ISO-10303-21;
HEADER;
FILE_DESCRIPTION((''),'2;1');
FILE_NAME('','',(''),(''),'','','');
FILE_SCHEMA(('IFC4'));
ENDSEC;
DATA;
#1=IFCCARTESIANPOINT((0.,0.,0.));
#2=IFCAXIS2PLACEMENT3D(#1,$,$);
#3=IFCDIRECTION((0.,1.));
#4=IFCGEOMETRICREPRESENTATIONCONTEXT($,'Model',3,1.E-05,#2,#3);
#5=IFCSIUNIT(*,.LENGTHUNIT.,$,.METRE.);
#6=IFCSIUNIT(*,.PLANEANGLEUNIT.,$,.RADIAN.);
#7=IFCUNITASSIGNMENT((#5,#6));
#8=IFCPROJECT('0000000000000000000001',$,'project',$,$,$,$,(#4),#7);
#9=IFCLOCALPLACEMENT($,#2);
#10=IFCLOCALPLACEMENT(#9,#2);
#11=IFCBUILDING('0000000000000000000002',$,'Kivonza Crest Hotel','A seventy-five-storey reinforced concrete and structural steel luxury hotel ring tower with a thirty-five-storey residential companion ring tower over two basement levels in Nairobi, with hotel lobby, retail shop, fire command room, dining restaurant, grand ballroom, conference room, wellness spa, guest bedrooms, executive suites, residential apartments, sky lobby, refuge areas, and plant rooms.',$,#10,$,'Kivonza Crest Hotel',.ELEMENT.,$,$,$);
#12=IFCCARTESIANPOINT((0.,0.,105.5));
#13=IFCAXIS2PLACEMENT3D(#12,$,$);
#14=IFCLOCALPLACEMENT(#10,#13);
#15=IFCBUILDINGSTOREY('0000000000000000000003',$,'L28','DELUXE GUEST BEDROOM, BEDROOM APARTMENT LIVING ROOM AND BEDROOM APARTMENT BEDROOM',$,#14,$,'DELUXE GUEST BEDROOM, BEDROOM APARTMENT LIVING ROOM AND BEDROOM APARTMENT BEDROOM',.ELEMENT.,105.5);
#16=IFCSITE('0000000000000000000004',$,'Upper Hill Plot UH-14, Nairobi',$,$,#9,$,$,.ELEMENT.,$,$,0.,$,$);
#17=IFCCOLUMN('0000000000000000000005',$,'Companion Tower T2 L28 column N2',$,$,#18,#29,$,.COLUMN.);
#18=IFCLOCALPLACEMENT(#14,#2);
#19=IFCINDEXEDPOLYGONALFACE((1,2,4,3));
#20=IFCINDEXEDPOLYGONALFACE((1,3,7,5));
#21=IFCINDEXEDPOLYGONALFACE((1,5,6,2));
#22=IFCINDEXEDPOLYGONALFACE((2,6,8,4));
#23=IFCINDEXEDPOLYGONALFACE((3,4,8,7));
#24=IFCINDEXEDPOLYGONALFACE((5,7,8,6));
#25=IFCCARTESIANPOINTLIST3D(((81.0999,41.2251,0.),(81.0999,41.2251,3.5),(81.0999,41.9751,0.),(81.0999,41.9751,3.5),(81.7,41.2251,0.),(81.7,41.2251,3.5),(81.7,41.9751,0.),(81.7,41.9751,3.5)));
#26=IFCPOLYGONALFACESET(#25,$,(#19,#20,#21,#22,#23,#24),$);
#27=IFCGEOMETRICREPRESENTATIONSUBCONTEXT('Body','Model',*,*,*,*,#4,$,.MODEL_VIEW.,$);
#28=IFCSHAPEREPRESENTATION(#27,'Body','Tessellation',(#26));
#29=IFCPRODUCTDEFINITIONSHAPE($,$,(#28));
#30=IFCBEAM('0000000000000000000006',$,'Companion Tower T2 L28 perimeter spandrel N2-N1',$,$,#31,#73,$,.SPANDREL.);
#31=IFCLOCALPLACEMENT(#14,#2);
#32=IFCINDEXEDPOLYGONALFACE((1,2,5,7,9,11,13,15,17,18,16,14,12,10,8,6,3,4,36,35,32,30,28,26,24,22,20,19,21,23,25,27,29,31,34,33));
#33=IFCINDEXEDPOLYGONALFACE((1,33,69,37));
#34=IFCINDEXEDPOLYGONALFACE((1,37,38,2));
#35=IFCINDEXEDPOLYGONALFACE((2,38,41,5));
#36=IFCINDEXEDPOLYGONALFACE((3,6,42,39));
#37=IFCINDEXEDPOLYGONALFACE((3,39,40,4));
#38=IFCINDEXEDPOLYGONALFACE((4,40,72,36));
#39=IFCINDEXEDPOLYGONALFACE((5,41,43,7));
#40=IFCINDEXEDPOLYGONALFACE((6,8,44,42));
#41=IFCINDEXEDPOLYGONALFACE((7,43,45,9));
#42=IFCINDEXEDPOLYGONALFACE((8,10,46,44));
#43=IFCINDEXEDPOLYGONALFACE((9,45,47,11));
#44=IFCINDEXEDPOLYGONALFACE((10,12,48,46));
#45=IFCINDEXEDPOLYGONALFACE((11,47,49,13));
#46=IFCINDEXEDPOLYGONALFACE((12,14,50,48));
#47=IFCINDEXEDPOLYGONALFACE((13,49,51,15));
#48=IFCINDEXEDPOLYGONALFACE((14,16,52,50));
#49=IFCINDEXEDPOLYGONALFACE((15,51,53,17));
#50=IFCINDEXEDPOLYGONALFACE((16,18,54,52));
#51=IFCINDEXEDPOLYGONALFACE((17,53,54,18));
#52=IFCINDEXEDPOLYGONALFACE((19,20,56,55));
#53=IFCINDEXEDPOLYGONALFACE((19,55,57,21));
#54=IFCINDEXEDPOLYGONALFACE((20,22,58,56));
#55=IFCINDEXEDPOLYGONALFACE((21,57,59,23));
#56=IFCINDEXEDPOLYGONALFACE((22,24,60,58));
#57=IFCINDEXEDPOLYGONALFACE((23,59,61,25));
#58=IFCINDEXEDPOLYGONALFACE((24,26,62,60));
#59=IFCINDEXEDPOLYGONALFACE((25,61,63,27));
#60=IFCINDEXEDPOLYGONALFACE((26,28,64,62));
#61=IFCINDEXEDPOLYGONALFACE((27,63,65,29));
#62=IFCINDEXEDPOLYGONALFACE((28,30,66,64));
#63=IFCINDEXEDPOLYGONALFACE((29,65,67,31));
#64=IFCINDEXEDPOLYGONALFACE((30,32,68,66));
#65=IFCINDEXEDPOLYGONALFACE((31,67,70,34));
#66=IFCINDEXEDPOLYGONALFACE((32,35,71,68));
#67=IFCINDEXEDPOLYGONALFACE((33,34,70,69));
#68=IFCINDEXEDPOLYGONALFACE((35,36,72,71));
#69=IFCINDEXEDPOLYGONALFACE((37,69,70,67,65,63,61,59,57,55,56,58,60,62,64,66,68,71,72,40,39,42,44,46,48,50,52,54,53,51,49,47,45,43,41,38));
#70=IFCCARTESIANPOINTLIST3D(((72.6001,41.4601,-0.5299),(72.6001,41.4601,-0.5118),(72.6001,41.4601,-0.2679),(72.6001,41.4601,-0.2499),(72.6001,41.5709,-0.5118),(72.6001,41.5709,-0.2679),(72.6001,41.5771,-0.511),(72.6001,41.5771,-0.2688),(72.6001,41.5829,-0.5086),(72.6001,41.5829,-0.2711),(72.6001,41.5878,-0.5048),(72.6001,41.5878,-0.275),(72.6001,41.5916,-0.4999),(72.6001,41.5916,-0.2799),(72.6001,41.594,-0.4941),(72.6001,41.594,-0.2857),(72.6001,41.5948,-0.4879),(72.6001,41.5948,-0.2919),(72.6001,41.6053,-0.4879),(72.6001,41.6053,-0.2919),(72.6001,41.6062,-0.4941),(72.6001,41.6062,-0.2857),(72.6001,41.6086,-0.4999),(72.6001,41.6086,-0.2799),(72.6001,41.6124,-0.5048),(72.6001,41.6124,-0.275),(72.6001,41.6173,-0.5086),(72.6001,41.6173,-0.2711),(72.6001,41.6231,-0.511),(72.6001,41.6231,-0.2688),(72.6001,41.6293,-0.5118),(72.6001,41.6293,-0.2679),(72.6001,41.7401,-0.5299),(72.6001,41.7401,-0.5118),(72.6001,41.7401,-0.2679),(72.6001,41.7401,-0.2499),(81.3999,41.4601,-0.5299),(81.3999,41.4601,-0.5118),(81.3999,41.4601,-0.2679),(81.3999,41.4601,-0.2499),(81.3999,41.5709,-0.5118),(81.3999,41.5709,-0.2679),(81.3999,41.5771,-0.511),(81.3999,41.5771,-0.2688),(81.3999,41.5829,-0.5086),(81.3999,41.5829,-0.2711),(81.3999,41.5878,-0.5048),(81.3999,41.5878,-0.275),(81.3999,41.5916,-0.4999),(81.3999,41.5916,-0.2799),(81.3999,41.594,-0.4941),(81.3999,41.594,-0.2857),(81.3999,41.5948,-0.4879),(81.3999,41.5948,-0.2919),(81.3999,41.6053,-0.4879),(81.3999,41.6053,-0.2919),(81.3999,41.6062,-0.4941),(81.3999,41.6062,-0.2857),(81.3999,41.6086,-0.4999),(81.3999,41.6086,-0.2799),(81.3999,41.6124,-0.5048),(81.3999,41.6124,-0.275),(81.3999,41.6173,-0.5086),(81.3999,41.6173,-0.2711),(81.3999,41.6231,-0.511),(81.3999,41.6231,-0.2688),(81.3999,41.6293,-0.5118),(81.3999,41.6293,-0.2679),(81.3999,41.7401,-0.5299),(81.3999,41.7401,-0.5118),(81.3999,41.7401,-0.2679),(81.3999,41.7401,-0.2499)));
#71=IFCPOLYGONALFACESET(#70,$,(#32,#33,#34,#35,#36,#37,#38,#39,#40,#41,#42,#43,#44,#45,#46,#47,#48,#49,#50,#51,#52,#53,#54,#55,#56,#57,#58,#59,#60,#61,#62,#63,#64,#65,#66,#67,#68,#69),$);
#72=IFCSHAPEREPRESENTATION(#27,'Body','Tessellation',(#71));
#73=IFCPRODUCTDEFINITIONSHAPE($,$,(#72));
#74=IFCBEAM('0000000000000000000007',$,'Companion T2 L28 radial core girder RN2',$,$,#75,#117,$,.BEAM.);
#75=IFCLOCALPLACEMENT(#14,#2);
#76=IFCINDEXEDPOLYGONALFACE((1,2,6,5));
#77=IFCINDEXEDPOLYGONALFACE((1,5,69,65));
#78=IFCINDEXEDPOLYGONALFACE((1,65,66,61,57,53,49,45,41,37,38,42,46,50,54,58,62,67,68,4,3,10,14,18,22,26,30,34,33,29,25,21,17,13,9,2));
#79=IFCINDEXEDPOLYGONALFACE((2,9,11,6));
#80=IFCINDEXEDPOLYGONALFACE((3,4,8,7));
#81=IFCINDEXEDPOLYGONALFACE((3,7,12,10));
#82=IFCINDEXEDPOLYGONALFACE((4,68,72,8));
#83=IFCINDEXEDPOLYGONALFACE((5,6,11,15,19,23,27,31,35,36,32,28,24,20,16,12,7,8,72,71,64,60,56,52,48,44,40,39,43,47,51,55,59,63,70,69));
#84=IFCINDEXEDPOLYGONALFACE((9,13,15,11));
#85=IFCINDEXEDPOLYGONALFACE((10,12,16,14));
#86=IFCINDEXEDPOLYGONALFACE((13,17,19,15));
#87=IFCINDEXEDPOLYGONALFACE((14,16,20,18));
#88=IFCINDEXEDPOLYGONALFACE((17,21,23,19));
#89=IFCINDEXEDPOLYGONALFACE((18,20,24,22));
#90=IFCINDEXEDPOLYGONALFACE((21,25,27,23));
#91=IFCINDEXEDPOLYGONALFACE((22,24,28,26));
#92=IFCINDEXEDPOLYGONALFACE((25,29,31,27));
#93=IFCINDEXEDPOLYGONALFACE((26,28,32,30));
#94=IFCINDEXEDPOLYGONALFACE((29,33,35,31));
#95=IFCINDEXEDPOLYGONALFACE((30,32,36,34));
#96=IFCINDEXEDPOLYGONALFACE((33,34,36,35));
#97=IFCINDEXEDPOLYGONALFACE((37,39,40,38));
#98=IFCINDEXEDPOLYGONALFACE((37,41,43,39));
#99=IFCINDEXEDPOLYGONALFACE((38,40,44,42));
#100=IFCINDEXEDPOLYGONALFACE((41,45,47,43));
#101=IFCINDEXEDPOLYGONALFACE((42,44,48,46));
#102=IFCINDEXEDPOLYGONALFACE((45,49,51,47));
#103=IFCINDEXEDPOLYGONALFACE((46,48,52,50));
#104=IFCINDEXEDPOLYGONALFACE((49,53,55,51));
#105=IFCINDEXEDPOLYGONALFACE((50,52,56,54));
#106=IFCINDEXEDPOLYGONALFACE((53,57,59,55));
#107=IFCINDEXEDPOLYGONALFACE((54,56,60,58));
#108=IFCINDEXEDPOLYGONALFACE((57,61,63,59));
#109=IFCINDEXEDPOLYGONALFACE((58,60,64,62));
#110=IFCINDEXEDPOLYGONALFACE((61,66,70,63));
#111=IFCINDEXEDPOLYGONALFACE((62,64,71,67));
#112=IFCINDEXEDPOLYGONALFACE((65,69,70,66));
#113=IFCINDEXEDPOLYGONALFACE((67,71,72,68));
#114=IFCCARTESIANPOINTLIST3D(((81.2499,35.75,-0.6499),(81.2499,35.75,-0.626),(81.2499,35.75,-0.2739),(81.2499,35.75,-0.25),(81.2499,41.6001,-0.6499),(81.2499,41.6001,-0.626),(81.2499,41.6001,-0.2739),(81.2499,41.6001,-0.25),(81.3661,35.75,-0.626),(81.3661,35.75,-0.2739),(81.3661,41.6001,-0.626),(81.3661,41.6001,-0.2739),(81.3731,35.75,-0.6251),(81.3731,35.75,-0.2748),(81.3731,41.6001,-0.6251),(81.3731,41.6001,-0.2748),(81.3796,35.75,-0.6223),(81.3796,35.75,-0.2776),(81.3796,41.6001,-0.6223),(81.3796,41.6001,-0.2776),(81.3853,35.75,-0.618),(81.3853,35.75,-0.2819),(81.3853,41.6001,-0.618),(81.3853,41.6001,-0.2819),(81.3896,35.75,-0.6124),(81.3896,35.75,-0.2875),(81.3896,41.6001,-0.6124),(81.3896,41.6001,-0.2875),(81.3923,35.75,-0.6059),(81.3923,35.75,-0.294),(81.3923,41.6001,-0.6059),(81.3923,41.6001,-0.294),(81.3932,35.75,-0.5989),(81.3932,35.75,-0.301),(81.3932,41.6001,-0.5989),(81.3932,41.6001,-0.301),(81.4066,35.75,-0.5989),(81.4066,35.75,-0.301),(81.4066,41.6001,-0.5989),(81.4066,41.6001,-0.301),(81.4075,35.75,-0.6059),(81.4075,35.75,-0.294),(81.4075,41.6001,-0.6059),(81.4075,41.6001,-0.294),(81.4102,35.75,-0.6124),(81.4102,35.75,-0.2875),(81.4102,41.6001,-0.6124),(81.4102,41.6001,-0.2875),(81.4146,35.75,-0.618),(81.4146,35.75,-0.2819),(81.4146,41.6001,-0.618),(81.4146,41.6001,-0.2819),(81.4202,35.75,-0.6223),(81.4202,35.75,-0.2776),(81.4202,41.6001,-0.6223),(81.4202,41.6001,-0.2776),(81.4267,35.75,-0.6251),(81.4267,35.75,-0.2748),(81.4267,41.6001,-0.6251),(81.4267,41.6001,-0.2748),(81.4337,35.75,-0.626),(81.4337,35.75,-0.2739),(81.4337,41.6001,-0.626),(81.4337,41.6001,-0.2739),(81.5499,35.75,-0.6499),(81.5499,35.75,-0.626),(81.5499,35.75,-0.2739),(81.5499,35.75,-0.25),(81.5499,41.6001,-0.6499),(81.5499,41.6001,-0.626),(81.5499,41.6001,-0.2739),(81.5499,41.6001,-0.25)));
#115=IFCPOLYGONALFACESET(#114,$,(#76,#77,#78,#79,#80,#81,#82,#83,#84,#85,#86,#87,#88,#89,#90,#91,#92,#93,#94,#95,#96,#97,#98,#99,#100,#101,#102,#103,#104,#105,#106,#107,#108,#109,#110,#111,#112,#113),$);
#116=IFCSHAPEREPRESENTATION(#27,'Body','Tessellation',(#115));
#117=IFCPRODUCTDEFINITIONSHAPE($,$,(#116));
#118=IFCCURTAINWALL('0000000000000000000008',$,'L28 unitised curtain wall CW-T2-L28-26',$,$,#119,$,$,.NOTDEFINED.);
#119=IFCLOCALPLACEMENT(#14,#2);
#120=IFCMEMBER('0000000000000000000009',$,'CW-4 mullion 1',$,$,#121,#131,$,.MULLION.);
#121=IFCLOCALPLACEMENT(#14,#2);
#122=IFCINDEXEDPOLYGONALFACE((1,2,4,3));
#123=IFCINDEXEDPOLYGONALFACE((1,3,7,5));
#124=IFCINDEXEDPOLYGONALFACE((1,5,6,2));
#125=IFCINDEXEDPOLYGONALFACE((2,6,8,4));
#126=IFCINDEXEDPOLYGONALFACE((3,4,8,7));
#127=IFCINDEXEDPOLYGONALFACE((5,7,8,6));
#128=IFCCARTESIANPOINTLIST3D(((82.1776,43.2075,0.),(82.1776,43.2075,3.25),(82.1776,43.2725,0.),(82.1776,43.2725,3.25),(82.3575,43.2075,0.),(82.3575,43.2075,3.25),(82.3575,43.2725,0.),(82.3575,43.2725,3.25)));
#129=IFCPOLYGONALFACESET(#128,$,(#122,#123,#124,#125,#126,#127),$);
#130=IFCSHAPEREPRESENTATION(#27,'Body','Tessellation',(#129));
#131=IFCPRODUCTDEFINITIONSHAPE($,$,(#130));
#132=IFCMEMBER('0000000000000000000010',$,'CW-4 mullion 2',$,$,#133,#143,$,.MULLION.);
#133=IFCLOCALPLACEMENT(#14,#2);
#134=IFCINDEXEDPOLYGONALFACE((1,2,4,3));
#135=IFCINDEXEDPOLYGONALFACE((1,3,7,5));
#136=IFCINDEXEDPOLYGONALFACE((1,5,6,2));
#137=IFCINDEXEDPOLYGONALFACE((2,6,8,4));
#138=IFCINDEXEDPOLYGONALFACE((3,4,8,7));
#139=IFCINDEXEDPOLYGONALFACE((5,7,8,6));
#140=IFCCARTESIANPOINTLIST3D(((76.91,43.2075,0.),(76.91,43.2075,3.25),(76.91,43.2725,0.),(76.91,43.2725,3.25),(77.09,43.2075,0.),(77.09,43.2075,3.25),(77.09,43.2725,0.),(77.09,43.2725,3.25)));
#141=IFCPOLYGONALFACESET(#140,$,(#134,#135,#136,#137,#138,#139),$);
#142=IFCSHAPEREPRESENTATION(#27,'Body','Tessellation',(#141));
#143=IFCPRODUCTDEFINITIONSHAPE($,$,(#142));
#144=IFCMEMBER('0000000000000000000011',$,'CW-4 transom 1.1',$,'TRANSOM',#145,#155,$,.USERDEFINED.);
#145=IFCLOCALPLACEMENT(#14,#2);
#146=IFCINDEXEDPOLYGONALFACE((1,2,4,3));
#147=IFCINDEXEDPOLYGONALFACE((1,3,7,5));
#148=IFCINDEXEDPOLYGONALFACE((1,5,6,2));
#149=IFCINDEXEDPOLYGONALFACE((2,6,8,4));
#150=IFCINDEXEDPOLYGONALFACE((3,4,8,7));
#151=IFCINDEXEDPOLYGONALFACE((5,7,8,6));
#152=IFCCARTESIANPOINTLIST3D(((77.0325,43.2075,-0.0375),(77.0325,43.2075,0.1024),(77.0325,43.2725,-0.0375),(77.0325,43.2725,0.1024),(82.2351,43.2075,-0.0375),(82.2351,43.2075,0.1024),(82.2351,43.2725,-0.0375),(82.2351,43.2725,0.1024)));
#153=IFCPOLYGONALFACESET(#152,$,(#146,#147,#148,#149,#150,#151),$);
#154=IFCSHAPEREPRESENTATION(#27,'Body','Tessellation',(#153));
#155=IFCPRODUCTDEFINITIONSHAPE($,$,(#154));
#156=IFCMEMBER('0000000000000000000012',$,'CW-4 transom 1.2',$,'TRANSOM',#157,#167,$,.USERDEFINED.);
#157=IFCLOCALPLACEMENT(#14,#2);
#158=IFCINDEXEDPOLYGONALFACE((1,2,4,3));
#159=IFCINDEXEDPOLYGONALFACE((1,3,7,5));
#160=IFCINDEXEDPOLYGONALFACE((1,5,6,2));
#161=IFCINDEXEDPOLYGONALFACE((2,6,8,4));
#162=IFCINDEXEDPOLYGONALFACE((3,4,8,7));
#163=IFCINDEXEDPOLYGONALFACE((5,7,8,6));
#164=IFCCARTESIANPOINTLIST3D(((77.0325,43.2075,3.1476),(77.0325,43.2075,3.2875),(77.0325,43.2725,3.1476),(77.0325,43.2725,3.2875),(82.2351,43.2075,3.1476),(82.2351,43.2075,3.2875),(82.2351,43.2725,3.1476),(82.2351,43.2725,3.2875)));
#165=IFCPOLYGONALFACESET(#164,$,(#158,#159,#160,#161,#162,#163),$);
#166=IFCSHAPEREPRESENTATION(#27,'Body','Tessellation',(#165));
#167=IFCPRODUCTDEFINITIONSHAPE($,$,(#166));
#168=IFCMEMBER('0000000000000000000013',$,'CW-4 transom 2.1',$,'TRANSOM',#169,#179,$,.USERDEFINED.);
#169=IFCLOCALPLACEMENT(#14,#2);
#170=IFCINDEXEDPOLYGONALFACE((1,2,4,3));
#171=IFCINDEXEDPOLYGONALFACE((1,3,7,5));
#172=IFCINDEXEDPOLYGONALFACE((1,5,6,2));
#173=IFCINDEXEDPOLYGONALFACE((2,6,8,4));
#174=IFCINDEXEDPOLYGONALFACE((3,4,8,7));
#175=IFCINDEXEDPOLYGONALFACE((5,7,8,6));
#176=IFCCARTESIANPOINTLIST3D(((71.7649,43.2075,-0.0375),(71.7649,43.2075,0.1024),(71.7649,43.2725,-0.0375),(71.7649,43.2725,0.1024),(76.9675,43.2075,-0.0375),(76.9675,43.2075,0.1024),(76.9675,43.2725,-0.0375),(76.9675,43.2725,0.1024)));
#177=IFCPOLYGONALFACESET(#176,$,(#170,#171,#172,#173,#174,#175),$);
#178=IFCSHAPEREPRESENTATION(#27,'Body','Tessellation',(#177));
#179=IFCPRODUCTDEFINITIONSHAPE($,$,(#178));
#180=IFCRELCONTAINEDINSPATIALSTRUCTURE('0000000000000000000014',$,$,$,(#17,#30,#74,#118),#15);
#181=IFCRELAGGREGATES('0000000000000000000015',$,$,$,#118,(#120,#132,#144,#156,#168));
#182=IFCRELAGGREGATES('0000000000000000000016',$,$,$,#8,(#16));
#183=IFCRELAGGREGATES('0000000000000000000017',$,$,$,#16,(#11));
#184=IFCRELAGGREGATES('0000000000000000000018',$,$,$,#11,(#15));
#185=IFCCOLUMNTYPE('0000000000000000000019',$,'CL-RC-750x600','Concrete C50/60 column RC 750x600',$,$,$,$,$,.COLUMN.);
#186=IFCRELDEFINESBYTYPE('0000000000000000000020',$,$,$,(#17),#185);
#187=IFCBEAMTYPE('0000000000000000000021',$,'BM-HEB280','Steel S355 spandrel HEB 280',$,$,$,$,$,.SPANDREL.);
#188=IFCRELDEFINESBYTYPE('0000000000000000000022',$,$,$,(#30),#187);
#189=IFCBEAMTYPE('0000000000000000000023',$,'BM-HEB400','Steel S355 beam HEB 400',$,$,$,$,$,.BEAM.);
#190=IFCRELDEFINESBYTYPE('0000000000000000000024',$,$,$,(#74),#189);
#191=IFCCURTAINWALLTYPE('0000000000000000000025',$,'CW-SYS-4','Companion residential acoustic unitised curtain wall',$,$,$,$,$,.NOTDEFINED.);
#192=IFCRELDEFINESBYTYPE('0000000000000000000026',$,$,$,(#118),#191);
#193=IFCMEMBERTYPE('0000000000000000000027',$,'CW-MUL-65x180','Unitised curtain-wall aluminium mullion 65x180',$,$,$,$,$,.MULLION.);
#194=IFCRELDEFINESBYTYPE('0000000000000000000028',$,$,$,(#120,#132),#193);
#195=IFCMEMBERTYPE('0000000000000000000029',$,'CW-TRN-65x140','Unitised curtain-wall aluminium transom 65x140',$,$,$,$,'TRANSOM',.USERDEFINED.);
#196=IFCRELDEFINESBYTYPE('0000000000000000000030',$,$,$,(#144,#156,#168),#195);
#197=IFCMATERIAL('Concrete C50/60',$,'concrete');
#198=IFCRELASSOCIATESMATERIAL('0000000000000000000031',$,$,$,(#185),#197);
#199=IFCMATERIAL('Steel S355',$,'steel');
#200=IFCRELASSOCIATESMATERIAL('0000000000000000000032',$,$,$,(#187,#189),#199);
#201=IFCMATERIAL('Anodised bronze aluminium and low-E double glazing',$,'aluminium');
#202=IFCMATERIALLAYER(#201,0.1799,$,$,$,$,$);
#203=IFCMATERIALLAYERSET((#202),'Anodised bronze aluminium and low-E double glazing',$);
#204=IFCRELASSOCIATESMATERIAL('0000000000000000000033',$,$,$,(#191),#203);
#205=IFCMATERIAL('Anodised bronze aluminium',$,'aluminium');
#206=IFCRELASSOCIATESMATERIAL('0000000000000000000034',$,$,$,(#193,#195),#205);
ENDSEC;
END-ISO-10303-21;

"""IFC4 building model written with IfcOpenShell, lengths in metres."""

from ifc_helpers import new_model, si_unit, direction, frame, origin, origin_2d, place, context, subcontext, project, spatial, rectangle, i_section, extrude, material, layer, layer_set, material_profile, profile_set, type_object, element, aggregate, save


model = new_model("IFC4")

# Units and contexts
model_context = context("Model", 3, precision=1e-05, world=origin(), true_north=direction((0.0, 1.0)))
body_context = subcontext(model_context, "Body", "Model", "MODEL_VIEW")
ifc_project = project(units=[si_unit("LENGTHUNIT", "METRE"), si_unit("PLANEANGLEUNIT", "RADIAN")], contexts=[model_context])

# Site, building, storey
site_placement = place(None, origin())
site = spatial("IfcSite", under=ifc_project, at=site_placement, Name="Upper Hill Plot UH-14, Nairobi", CompositionType="ELEMENT", RefElevation=0.0)
building_placement = place(site_placement, origin())
building = spatial("IfcBuilding", under=site, at=building_placement, Name="Kivonza Crest Hotel", Description="A seventy-five-storey reinforced concrete and structural steel luxury hotel ring tower with a thirty-five-storey residential companion ring tower over two basement levels in Nairobi, with hotel lobby, retail shop, fire command room, dining restaurant, grand ballroom, conference room, wellness spa, guest bedrooms, executive suites, residential apartments, sky lobby, refuge areas, and plant rooms.", LongName="Kivonza Crest Hotel", CompositionType="ELEMENT")
storey_placement = place(building_placement, frame((0.0, 0.0, 105.5)))
storey = spatial("IfcBuildingStorey", under=building, at=storey_placement, Name="L28", Description="DELUXE GUEST BEDROOM, BEDROOM APARTMENT LIVING ROOM AND BEDROOM APARTMENT BEDROOM", LongName="DELUXE GUEST BEDROOM, BEDROOM APARTMENT LIVING ROOM AND BEDROOM APARTMENT BEDROOM", CompositionType="ELEMENT", Elevation=105.5)

# Column
ifc_material_1 = material(Name="Concrete C50/60", Category="concrete")
ifc_material_profile_1 = material_profile(ifc_material_1, rectangle(XDim=0.6001, YDim=0.75, at=origin_2d()), Name="RC 750x600")
ifc_profile_set_1 = profile_set([ifc_material_profile_1], Name="Concrete C50/60")
column_type = type_object("IfcColumnType", Name="CL-RC-750x600", Description="Concrete C50/60 column RC 750x600", PredefinedType="COLUMN", material=ifc_profile_set_1)
column_placement = place(storey_placement, frame((81.3999, 41.6001, 0.0), z_axis=(0.0, 0.0, 1.0), x_axis=(1.0, 0.0, 0.0)))
element("IfcColumn", 1, at=column_placement, inside=storey, type_object=column_type, Name="Companion Tower T2 L28 column N2", PredefinedType="COLUMN", context=body_context, shape_type="SweptSolid", body=[
    extrude(rectangle(XDim=0.6001, YDim=0.75, at=origin_2d()), origin(), (0.0, 0.0, 1.0), 3.5),
])

# Beams
ifc_material_2 = material(Name="Steel S355", Category="steel")
ifc_material_profile_2 = material_profile(ifc_material_2, i_section(OverallWidth=0.28, OverallDepth=0.28, WebThickness=0.0105, FlangeThickness=0.0181, FilletRadius=0.0239, at=origin_2d()), Name="HEB 280")
ifc_profile_set_2 = profile_set([ifc_material_profile_2], Name="Steel S355")
beam_type_1 = type_object("IfcBeamType", Name="BM-HEB280", Description="Steel S355 spandrel HEB 280", PredefinedType="SPANDREL", material=ifc_profile_set_2)
beam_1_placement = place(storey_placement, frame((81.3999, 41.6001, -0.3899), z_axis=(-1.0, 0.0, 0.0), x_axis=(0.0, -1.0, 0.0)))
element("IfcBeam", 2, at=beam_1_placement, inside=storey, type_object=beam_type_1, Name="Companion Tower T2 L28 perimeter spandrel N2-N1", PredefinedType="SPANDREL", context=body_context, shape_type="SweptSolid", body=[
    extrude(i_section(OverallWidth=0.28, OverallDepth=0.28, WebThickness=0.0105, FlangeThickness=0.0181, FilletRadius=0.0239, at=origin_2d()), origin(), (0.0, 0.0, 1.0), 8.7998),
])
ifc_material_profile_3 = material_profile(ifc_material_2, i_section(OverallWidth=0.3, OverallDepth=0.3999, WebThickness=0.0134, FlangeThickness=0.0239, FilletRadius=0.0271, at=origin_2d()), Name="HEB 400")
ifc_profile_set_3 = profile_set([ifc_material_profile_3], Name="Steel S355")
beam_type_2 = type_object("IfcBeamType", Name="BM-HEB400", Description="Steel S355 beam HEB 400", PredefinedType="BEAM", material=ifc_profile_set_3)
beam_2_placement = place(storey_placement, frame((81.3999, 41.6001, -0.45), z_axis=(0.0, -1.0, 0.0), x_axis=(1.0, 0.0, 0.0)))
element("IfcBeam", 3, at=beam_2_placement, inside=storey, type_object=beam_type_2, Name="Companion T2 L28 radial core girder RN2", PredefinedType="BEAM", context=body_context, shape_type="SweptSolid", body=[
    extrude(i_section(OverallWidth=0.3, OverallDepth=0.3999, WebThickness=0.0134, FlangeThickness=0.0239, FilletRadius=0.0271, at=origin_2d()), origin(), (0.0, 0.0, 1.0), 5.8501),
])

# Curtain wall, members
ifc_material_3 = material(Name="Anodised bronze aluminium and low-E double glazing", Category="aluminium")
ifc_layer_1 = layer(ifc_material_3, 0.1799)
ifc_layer_set_1 = layer_set([ifc_layer_1], Name="Anodised bronze aluminium and low-E double glazing")
curtain_wall_type = type_object("IfcCurtainWallType", Name="CW-SYS-4", Description="Companion residential acoustic unitised curtain wall", PredefinedType="NOTDEFINED", material=ifc_layer_set_1)
curtain_wall_placement = place(storey_placement, origin())
curtain_wall = element("IfcCurtainWall", 4, at=curtain_wall_placement, inside=storey, type_object=curtain_wall_type, Name="L28 unitised curtain wall CW-T2-L28-26", PredefinedType="NOTDEFINED")
ifc_material_4 = material(Name="Anodised bronze aluminium", Category="aluminium")
ifc_material_profile_4 = material_profile(ifc_material_4, rectangle(XDim=0.0649, YDim=0.1799, at=origin_2d()), Name="CW-M 65x180")
ifc_profile_set_4 = profile_set([ifc_material_profile_4], Name="Anodised bronze aluminium")
member_type_1 = type_object("IfcMemberType", Name="CW-MUL-65x180", Description="Unitised curtain-wall aluminium mullion 65x180", PredefinedType="MULLION", material=ifc_profile_set_4)
member_1_placement = place(storey_placement, frame((82.2676, 43.24, 0.0), z_axis=(0.0, 0.0, 1.0), x_axis=(0.0, -1.0, 0.0)))
member_1 = element("IfcMember", 5, at=member_1_placement, type_object=member_type_1, Name="CW-4 mullion 1", PredefinedType="MULLION", context=body_context, shape_type="SweptSolid", body=[
    extrude(rectangle(XDim=0.0649, YDim=0.1799, at=origin_2d()), origin(), (0.0, 0.0, 1.0), 3.25),
])
member_2_placement = place(storey_placement, frame((77.0, 43.24, 0.0), z_axis=(0.0, 0.0, 1.0), x_axis=(0.0, -1.0, 0.0)))
member_2 = element("IfcMember", 6, at=member_2_placement, type_object=member_type_1, Name="CW-4 mullion 2", PredefinedType="MULLION", context=body_context, shape_type="SweptSolid", body=[
    extrude(rectangle(XDim=0.0649, YDim=0.1799, at=origin_2d()), origin(), (0.0, 0.0, 1.0), 3.25),
])
ifc_material_profile_5 = material_profile(ifc_material_4, rectangle(XDim=0.0649, YDim=0.1399, at=origin_2d()), Name="CW-T 65x140")
ifc_profile_set_5 = profile_set([ifc_material_profile_5], Name="Anodised bronze aluminium")
member_type_2 = type_object("IfcMemberType", Name="CW-TRN-65x140", Description="Unitised curtain-wall aluminium transom 65x140", ElementType="TRANSOM", PredefinedType="USERDEFINED", material=ifc_profile_set_5)
member_3_placement = place(storey_placement, frame((82.2351, 43.24, 0.0325), z_axis=(-1.0, 0.0, 0.0), x_axis=(0.0, -1.0, 0.0)))
member_3 = element("IfcMember", 7, at=member_3_placement, type_object=member_type_2, Name="CW-4 transom 1.1", ObjectType="TRANSOM", PredefinedType="USERDEFINED", context=body_context, shape_type="SweptSolid", body=[
    extrude(rectangle(XDim=0.0649, YDim=0.1399, at=origin_2d()), origin(), (0.0, 0.0, 1.0), 5.2026),
])
member_4_placement = place(storey_placement, frame((82.2351, 43.24, 3.2175), z_axis=(-1.0, 0.0, 0.0), x_axis=(0.0, -1.0, 0.0)))
member_4 = element("IfcMember", 8, at=member_4_placement, type_object=member_type_2, Name="CW-4 transom 1.2", ObjectType="TRANSOM", PredefinedType="USERDEFINED", context=body_context, shape_type="SweptSolid", body=[
    extrude(rectangle(XDim=0.0649, YDim=0.1399, at=origin_2d()), origin(), (0.0, 0.0, 1.0), 5.2026),
])
member_5_placement = place(storey_placement, frame((76.9675, 43.24, 0.0325), z_axis=(-1.0, 0.0, 0.0), x_axis=(0.0, -1.0, 0.0)))
member_5 = element("IfcMember", 9, at=member_5_placement, type_object=member_type_2, Name="CW-4 transom 2.1", ObjectType="TRANSOM", PredefinedType="USERDEFINED", context=body_context, shape_type="SweptSolid", body=[
    extrude(rectangle(XDim=0.0649, YDim=0.1399, at=origin_2d()), origin(), (0.0, 0.0, 1.0), 5.2026),
])
aggregate(curtain_wall, [member_1, member_2, member_3, member_4, member_5])

save(model, "model.ifc")
